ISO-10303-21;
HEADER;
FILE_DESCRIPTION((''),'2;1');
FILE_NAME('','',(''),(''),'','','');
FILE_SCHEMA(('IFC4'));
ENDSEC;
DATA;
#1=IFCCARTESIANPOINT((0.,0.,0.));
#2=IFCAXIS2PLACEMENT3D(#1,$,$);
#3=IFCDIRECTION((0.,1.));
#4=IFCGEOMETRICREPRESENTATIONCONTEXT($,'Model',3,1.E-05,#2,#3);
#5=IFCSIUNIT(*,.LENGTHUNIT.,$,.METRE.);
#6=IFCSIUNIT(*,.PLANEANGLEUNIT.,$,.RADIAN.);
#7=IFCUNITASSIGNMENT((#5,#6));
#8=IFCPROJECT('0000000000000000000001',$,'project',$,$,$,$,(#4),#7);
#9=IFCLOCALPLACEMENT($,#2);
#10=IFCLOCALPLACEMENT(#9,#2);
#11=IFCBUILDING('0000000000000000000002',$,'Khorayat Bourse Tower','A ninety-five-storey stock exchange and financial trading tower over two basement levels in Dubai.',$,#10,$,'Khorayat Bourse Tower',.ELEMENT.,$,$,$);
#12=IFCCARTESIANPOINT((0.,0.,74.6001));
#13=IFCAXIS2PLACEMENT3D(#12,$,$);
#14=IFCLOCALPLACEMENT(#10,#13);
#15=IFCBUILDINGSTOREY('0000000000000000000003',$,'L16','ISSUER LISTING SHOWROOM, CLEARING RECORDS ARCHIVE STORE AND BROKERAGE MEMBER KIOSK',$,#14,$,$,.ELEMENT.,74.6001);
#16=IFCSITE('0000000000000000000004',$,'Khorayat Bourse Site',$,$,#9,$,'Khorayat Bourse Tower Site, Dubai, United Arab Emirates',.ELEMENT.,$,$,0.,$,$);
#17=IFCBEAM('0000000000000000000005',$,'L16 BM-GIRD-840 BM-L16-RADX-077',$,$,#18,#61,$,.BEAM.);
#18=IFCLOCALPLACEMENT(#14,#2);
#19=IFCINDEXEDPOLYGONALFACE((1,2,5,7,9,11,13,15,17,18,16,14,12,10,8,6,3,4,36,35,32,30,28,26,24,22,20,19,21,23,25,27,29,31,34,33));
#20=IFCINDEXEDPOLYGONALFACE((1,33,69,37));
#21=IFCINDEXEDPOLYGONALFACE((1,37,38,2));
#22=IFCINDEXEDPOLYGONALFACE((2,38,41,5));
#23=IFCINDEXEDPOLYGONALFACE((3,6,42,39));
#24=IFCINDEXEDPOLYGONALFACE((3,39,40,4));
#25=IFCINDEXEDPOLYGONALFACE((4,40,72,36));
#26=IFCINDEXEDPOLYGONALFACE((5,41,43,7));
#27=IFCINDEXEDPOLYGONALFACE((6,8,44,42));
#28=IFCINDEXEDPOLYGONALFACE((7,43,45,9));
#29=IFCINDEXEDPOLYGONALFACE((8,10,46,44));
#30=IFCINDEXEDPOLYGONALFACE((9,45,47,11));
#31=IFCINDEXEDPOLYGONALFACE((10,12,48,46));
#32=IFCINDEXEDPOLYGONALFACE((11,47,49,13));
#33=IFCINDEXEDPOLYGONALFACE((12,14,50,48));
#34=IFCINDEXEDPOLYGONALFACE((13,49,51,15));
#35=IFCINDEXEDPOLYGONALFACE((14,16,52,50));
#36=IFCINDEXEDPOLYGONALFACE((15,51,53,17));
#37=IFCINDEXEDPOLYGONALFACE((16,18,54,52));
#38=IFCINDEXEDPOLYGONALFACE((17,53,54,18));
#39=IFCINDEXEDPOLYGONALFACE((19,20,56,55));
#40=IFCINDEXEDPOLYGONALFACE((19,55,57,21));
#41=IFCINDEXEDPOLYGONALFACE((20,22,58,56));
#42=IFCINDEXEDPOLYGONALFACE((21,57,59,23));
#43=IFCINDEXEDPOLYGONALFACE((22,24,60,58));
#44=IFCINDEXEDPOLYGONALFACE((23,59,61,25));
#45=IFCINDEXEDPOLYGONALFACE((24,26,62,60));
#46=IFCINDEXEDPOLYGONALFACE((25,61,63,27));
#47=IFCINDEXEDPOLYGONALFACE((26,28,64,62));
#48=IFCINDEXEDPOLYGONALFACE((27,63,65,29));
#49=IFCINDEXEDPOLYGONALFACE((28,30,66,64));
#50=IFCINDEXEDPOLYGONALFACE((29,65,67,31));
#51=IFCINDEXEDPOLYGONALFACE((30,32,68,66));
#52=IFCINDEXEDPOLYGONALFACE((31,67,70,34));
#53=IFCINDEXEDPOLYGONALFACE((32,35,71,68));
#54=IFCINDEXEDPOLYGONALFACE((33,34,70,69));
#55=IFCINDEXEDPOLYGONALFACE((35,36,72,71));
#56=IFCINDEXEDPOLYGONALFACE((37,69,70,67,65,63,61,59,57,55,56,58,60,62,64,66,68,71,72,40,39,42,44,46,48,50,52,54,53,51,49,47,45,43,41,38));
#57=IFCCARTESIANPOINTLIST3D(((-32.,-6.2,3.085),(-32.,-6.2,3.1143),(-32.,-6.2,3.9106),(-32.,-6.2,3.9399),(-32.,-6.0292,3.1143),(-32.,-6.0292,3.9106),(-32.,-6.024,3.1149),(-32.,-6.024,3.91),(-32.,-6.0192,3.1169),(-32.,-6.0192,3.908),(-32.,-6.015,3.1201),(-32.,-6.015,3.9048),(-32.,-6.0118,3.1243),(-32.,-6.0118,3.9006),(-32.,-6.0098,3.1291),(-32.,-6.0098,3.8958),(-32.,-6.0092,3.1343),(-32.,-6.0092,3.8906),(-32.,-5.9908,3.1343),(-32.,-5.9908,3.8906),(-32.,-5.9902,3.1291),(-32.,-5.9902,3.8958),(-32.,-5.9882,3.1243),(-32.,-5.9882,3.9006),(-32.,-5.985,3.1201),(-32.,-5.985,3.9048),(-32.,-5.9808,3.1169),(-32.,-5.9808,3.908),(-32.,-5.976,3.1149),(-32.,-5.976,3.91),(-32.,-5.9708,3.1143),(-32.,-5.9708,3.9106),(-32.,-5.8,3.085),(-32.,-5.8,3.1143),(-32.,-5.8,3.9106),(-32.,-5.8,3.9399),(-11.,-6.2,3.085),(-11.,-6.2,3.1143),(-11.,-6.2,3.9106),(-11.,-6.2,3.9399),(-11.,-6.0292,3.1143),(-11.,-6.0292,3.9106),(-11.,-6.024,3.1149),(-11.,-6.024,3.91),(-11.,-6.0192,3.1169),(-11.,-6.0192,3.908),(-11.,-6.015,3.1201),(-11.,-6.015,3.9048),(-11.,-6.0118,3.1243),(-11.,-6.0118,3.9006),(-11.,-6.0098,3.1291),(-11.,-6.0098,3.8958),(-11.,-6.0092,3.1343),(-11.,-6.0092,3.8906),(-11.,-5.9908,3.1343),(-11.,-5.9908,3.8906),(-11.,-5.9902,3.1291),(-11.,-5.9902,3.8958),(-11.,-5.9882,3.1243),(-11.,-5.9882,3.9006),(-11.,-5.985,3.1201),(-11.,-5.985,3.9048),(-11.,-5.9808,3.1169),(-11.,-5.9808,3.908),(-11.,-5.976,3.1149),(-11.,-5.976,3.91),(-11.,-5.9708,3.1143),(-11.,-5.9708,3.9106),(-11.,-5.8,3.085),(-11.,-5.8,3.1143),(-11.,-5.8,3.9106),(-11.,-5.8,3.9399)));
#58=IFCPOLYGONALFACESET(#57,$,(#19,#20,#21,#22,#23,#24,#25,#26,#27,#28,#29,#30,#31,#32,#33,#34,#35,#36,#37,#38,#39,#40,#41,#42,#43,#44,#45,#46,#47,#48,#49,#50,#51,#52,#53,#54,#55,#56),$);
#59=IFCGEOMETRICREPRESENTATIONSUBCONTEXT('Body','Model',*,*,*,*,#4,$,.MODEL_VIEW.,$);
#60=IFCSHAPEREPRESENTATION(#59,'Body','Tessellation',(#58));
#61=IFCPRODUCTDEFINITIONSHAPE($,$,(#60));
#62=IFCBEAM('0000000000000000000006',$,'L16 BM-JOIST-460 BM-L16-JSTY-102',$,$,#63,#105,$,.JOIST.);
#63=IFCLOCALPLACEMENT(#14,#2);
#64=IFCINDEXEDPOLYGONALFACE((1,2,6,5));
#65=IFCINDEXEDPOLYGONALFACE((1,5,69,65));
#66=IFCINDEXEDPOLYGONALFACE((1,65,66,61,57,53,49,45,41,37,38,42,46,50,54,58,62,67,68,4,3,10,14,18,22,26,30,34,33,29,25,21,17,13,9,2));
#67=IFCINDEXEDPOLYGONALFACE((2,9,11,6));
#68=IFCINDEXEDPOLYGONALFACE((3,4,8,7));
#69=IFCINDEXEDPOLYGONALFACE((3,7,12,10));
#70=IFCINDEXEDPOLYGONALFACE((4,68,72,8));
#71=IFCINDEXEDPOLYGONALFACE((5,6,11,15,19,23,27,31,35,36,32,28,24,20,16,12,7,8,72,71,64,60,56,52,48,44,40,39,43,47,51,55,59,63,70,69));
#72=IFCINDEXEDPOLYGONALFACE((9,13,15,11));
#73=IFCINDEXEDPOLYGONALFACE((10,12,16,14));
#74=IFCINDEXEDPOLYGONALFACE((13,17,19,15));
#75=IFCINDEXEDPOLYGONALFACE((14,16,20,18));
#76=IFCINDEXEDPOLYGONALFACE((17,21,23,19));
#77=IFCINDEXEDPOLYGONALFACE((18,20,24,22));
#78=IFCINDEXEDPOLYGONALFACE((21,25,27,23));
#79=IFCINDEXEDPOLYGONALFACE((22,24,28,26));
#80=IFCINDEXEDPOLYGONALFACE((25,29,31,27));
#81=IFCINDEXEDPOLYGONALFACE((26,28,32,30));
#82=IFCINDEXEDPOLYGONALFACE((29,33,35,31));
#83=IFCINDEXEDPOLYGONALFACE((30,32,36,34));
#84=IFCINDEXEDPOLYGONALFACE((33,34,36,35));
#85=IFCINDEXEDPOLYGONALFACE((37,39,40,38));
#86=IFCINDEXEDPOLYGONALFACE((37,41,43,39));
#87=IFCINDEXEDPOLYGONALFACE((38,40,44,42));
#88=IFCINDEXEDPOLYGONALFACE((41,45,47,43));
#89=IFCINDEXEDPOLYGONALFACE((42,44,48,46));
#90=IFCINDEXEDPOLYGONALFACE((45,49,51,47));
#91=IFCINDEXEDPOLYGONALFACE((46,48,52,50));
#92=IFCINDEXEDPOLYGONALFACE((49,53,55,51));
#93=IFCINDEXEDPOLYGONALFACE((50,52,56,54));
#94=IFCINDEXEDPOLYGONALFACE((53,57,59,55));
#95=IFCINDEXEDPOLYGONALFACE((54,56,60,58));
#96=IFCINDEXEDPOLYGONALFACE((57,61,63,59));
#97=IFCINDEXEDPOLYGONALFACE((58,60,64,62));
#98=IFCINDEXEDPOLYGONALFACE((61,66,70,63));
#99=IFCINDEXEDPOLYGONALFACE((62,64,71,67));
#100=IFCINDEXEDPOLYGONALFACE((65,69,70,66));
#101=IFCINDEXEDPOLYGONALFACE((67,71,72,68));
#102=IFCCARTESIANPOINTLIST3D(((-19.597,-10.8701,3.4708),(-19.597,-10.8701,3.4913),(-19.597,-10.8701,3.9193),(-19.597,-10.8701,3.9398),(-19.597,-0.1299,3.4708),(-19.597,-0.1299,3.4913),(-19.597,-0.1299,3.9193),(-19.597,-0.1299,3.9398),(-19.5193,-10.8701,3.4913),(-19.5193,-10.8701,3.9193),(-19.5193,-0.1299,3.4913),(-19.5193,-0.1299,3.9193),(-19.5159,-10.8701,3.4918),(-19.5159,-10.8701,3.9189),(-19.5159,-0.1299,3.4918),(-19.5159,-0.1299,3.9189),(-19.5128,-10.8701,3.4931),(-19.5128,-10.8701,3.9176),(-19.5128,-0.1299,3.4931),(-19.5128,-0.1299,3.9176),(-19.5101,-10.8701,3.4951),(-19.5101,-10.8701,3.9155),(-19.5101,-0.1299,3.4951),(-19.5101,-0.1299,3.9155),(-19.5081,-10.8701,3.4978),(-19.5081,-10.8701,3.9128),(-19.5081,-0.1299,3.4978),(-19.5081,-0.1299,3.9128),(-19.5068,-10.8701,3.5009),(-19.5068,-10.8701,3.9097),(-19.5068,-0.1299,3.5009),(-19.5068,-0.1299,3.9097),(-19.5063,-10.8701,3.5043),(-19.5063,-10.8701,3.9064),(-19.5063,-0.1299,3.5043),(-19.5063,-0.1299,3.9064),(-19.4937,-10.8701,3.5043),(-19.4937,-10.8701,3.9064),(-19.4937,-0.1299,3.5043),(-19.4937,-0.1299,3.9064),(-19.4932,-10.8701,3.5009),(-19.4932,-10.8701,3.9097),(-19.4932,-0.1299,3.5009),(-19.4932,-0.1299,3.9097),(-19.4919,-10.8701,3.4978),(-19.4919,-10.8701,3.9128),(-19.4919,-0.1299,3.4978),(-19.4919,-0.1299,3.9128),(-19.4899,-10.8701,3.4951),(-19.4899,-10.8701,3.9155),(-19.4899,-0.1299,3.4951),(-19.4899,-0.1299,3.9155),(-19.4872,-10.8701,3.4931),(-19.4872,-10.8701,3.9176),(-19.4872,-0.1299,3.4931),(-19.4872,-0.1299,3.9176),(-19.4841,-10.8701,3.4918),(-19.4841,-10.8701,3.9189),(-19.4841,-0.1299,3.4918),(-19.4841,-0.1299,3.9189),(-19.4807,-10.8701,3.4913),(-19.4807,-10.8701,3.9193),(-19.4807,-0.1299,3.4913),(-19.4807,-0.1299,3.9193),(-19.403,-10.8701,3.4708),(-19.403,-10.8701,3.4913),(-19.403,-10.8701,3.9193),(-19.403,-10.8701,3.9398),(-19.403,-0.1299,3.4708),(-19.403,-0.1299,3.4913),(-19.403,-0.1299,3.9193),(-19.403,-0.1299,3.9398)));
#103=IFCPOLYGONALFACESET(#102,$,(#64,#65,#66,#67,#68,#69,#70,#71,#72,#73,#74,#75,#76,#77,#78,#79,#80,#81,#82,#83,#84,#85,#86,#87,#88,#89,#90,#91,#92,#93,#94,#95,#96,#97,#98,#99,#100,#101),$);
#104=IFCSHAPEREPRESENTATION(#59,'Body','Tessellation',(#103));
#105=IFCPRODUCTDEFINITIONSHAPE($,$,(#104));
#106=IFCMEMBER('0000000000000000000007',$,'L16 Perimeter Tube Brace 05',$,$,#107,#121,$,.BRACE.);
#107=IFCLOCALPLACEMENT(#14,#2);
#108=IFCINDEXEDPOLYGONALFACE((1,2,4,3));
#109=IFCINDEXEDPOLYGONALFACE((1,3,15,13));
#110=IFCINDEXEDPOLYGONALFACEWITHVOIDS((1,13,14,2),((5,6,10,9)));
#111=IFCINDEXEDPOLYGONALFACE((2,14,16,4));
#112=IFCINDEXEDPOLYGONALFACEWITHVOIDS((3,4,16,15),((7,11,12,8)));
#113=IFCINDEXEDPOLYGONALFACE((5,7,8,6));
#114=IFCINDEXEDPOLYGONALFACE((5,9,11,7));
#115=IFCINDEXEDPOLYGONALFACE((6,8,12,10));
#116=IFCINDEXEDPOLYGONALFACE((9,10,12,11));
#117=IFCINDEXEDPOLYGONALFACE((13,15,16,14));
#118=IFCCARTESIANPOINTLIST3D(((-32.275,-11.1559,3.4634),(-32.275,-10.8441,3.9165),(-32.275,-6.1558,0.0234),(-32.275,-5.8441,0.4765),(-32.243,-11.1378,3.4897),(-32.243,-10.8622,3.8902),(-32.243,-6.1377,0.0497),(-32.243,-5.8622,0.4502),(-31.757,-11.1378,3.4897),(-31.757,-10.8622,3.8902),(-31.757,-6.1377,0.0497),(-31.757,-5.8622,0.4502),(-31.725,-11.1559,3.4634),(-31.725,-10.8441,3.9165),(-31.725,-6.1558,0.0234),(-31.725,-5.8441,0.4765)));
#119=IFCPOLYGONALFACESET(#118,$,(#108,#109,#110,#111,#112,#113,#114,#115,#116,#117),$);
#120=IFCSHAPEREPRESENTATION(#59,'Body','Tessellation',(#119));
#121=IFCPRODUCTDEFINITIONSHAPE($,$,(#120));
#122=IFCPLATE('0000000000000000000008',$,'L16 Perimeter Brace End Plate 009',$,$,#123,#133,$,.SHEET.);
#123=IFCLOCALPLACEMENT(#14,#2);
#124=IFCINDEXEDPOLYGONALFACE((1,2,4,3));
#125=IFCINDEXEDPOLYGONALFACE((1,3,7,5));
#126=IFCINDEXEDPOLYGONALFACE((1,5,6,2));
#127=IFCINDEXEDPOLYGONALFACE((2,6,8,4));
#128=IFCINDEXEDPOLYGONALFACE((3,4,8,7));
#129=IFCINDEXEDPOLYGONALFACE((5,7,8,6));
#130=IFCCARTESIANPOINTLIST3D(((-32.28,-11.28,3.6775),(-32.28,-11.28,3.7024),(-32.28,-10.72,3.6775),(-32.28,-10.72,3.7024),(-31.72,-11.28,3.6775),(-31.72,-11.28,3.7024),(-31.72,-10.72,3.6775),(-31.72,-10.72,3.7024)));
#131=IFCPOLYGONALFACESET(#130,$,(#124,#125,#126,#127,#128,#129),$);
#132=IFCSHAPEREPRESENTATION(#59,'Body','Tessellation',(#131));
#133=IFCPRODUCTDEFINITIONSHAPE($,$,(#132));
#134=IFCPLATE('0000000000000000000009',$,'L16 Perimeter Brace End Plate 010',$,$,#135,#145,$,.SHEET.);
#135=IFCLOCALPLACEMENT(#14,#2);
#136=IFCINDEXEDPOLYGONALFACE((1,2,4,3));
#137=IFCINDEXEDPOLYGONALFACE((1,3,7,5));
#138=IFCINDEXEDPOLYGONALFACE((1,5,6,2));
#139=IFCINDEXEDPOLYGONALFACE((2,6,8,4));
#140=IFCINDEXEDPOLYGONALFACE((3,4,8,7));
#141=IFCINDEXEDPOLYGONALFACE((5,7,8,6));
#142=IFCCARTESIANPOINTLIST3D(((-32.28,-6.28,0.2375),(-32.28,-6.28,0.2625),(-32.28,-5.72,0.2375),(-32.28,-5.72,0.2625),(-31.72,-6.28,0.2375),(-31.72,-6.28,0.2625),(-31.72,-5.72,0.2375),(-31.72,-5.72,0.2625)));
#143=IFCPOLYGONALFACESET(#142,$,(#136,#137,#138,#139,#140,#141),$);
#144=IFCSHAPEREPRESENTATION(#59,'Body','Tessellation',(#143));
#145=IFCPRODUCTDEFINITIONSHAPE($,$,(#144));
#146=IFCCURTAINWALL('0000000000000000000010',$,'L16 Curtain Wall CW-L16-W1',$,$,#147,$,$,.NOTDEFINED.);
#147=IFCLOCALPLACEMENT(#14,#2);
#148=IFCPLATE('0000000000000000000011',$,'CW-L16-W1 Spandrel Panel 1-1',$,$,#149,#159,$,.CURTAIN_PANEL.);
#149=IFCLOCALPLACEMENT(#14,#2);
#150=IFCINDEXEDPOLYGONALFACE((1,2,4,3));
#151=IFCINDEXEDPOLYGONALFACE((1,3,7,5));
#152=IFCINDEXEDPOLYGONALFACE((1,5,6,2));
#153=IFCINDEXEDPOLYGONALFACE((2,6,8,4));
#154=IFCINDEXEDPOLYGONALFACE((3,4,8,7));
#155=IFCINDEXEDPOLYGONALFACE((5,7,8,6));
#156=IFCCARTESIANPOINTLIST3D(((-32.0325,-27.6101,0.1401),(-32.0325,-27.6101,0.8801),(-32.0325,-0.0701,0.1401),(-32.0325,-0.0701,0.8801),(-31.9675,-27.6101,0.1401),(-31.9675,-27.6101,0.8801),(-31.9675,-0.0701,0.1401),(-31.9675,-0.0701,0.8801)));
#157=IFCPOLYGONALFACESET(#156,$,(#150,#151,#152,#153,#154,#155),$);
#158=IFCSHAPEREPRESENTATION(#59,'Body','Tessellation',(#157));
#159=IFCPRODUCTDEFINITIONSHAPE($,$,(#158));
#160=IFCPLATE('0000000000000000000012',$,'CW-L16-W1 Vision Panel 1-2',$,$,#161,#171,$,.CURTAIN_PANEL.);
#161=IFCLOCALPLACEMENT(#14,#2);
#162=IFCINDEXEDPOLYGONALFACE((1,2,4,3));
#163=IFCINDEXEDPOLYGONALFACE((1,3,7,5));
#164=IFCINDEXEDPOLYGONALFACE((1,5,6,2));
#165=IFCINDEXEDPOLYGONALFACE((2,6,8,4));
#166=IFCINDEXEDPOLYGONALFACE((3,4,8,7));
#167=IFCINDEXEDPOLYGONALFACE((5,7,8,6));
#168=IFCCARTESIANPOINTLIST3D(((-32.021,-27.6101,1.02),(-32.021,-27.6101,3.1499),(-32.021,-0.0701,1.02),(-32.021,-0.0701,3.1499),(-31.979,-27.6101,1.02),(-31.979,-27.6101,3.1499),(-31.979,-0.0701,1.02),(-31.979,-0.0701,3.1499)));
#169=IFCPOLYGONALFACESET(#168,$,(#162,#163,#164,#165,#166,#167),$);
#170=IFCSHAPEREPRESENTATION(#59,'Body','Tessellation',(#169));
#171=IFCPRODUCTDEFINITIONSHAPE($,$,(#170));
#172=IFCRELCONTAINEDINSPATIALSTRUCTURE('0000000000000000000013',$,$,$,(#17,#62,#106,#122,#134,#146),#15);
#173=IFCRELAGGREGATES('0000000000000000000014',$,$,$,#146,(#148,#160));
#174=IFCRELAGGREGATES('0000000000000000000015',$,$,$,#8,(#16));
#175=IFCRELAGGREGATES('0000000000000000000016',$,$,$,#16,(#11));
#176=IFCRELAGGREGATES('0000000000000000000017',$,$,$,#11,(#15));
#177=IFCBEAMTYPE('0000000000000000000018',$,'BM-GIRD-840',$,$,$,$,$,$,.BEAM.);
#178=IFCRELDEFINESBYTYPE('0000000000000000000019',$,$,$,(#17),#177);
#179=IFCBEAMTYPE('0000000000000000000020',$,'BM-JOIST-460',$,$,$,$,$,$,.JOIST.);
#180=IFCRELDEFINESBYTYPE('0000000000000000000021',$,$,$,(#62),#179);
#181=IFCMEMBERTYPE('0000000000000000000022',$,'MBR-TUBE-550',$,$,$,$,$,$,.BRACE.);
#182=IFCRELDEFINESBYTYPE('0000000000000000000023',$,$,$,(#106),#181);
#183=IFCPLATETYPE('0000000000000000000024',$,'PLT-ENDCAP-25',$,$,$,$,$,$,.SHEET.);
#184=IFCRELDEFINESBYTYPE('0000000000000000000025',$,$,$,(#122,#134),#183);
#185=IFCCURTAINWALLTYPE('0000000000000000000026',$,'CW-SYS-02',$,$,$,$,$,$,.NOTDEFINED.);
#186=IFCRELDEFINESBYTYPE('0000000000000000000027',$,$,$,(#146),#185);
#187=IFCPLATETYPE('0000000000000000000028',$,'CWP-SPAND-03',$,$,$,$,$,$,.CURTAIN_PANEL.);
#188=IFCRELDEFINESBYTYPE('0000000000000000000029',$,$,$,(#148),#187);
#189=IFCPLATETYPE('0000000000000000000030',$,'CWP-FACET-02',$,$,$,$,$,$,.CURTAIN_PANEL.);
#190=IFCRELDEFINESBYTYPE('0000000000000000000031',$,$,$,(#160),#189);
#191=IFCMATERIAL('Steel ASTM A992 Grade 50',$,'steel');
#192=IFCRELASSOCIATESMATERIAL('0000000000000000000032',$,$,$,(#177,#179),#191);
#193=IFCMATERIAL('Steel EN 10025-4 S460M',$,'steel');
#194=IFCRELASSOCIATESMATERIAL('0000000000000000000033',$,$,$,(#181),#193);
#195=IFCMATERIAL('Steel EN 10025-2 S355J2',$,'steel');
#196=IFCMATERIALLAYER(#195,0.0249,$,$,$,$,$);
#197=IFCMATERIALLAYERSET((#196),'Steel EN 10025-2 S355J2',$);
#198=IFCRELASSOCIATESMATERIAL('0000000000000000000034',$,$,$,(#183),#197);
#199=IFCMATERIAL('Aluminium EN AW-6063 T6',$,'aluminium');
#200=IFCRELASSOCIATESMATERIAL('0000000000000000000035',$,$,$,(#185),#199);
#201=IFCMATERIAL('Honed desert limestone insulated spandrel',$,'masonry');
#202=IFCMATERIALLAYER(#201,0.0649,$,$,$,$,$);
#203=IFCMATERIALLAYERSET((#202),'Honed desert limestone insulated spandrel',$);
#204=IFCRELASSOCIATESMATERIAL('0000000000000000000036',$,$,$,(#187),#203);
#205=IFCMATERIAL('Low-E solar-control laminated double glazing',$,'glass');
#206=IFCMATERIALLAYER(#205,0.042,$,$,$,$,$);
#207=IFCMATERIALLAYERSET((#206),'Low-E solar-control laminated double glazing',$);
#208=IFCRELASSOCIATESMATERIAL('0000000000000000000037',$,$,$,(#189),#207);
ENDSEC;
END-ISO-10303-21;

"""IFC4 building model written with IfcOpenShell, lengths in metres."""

from ifc_helpers import new_model, si_unit, direction, frame, origin, origin_2d, place, context, subcontext, project, spatial, rectangle, hollow_rectangle, i_section, extrude, source, transform, mapped, material, layer, layer_set, material_profile, profile_set, type_object, element, aggregate, save


model = new_model("IFC4")

# Units and contexts
model_context = context("Model", 3, precision=1e-05, world=origin(), true_north=direction((0.0, 1.0)))
body_context = subcontext(model_context, "Body", "Model", "MODEL_VIEW")
ifc_project = project(units=[si_unit("LENGTHUNIT", "METRE"), si_unit("PLANEANGLEUNIT", "RADIAN")], contexts=[model_context])

# Site, building, storey
site_placement = place(None, origin())
site = spatial("IfcSite", under=ifc_project, at=site_placement, Name="Khorayat Bourse Site", LongName="Khorayat Bourse Tower Site, Dubai, United Arab Emirates", CompositionType="ELEMENT", RefElevation=0.0)
building_placement = place(site_placement, origin())
building = spatial("IfcBuilding", under=site, at=building_placement, Name="Khorayat Bourse Tower", Description="A ninety-five-storey stock exchange and financial trading tower over two basement levels in Dubai.", LongName="Khorayat Bourse Tower", CompositionType="ELEMENT")
storey_placement = place(building_placement, frame((0.0, 0.0, 74.6001)))
storey = spatial("IfcBuildingStorey", under=building, at=storey_placement, Name="L16", Description="ISSUER LISTING SHOWROOM, CLEARING RECORDS ARCHIVE STORE AND BROKERAGE MEMBER KIOSK", CompositionType="ELEMENT", Elevation=74.6001)

# Shared definitions
ifc_material_1 = material(Name="Steel EN 10025-4 S460M", Category="steel")

# Beams
ifc_material_2 = material(Name="Steel ASTM A992 Grade 50", Category="steel")
ifc_material_profile_1 = material_profile(ifc_material_2, i_section(OverallWidth=0.3999, OverallDepth=0.855, WebThickness=0.0183, FlangeThickness=0.0293, FilletRadius=0.02, at=origin_2d()), Name="W840X299")
ifc_profile_set_1 = profile_set([ifc_material_profile_1], Name="Steel ASTM A992 Grade 50")
beam_type_1 = type_object("IfcBeamType", Name="BM-GIRD-840", PredefinedType="BEAM", material=ifc_profile_set_1)
shared_shape_1 = source(origin(), body_context, "Body", "SweptSolid", [
    extrude(i_section(OverallWidth=0.3999, OverallDepth=0.855, WebThickness=0.0183, FlangeThickness=0.0293, FilletRadius=0.02, at=origin_2d()), origin(), (0.0, 0.0, 1.0), 21.0),
])
for number, where, z_axis, x_axis, name in (
    (1, (-32.0, -6.0, 3.5125), (1.0, 0.0, 0.0), (0.0, 1.0, 0.0), "L16 BM-GIRD-840 BM-L16-RADX-077"),
):
    element("IfcBeam", number, at=place(storey_placement, frame(where, z_axis=z_axis, x_axis=x_axis)), inside=storey, type_object=beam_type_1, Name=name, PredefinedType="BEAM", context=body_context, shape_type="MappedRepresentation", body=[
        mapped(shared_shape_1, transform((0.0, 0.0, 0.0), scale=1.0)),
    ])
ifc_material_profile_2 = material_profile(ifc_material_2, i_section(OverallWidth=0.1941, OverallDepth=0.469, WebThickness=0.0127, FlangeThickness=0.0205, FilletRadius=0.0129, at=origin_2d()), Name="W460X106")
ifc_profile_set_2 = profile_set([ifc_material_profile_2], Name="Steel ASTM A992 Grade 50")
beam_type_2 = type_object("IfcBeamType", Name="BM-JOIST-460", PredefinedType="JOIST", material=ifc_profile_set_2)
shared_shape_2 = source(origin(), body_context, "Body", "SweptSolid", [
    extrude(i_section(OverallWidth=0.1941, OverallDepth=0.469, WebThickness=0.0127, FlangeThickness=0.0205, FilletRadius=0.0129, at=origin_2d()), origin(), (0.0, 0.0, 1.0), 10.7402),
])
beam_1_placement = place(storey_placement, frame((-19.5, -10.8701, 3.7053), z_axis=(0.0, 1.0, 0.0), x_axis=(-1.0, 0.0, 0.0)))
element("IfcBeam", 2, at=beam_1_placement, inside=storey, type_object=beam_type_2, Name="L16 BM-JOIST-460 BM-L16-JSTY-102", PredefinedType="JOIST", context=body_context, shape_type="MappedRepresentation", body=[
    mapped(shared_shape_2, transform((0.0, 0.0, 0.0), scale=1.0)),
])

# Member
ifc_material_profile_3 = material_profile(ifc_material_1, hollow_rectangle(XDim=0.55, YDim=0.55, WallThickness=0.032, at=origin_2d()), Name="HSS 550x550x32")
ifc_profile_set_3 = profile_set([ifc_material_profile_3], Name="Steel EN 10025-4 S460M")
member_type = type_object("IfcMemberType", Name="MBR-TUBE-550", PredefinedType="BRACE", material=ifc_profile_set_3)
shared_shape_3 = source(origin(), body_context, "Body", "SweptSolid", [
    extrude(hollow_rectangle(XDim=0.55, YDim=0.55, WallThickness=0.032, at=origin_2d()), origin(), (0.0, 0.0, 1.0), 6.0691),
])
member_placement = place(storey_placement, frame((-32.0, -11.0, 3.6899), z_axis=(0.0, 0.823854, -0.566802), x_axis=(-1.0, 0.0, 0.0)))
element("IfcMember", 3, at=member_placement, inside=storey, type_object=member_type, Name="L16 Perimeter Tube Brace 05", PredefinedType="BRACE", context=body_context, shape_type="MappedRepresentation", body=[
    mapped(shared_shape_3, transform((0.0, 0.0, 0.0), scale=1.0)),
])

# Plates
ifc_material_3 = material(Name="Steel EN 10025-2 S355J2", Category="steel")
ifc_layer_1 = layer(ifc_material_3, 0.0249)
ifc_layer_set_1 = layer_set([ifc_layer_1], Name="Steel EN 10025-2 S355J2")
plate_type_1 = type_object("IfcPlateType", Name="PLT-ENDCAP-25", PredefinedType="SHEET", material=ifc_layer_set_1)
shared_shape_4 = source(origin(), body_context, "Body", "SweptSolid", [
    extrude(rectangle(XDim=0.5601, YDim=0.5601, at=origin_2d()), origin(), (0.0, 0.0, 1.0), 0.0249),
])
for number, where, z_axis, x_axis, name in (
    (4, (-32.0, -11.0, 3.6775), (0.0, 0.0, 1.0), (1.0, 0.0, 0.0), "L16 Perimeter Brace End Plate 009"),
    (5, (-32.0, -6.0, 0.2375), (0.0, 0.0, 1.0), (1.0, 0.0, 0.0), "L16 Perimeter Brace End Plate 010"),
):
    element("IfcPlate", number, at=place(storey_placement, frame(where, z_axis=z_axis, x_axis=x_axis)), inside=storey, type_object=plate_type_1, Name=name, PredefinedType="SHEET", context=body_context, shape_type="MappedRepresentation", body=[
        mapped(shared_shape_4, transform((0.0, 0.0, 0.0), scale=1.0)),
    ])

# Curtain wall, plates
ifc_material_4 = material(Name="Aluminium EN AW-6063 T6", Category="aluminium")
curtain_wall_type = type_object("IfcCurtainWallType", Name="CW-SYS-02", PredefinedType="NOTDEFINED", material=ifc_material_4)
curtain_wall_placement = place(storey_placement, origin())
curtain_wall = element("IfcCurtainWall", 6, at=curtain_wall_placement, inside=storey, type_object=curtain_wall_type, Name="L16 Curtain Wall CW-L16-W1", PredefinedType="NOTDEFINED")
ifc_material_5 = material(Name="Honed desert limestone insulated spandrel", Category="masonry")
ifc_layer_2 = layer(ifc_material_5, 0.0649)
ifc_layer_set_2 = layer_set([ifc_layer_2], Name="Honed desert limestone insulated spandrel")
plate_type_2 = type_object("IfcPlateType", Name="CWP-SPAND-03", PredefinedType="CURTAIN_PANEL", material=ifc_layer_set_2)
shared_shape_5 = source(origin(), body_context, "Body", "SweptSolid", [
    extrude(rectangle(XDim=27.54, YDim=0.0649, at=origin_2d()), origin(), (0.0, 0.0, 1.0), 0.74),
])
plate_1_placement = place(storey_placement, frame((-32.0, -13.8401, 0.1401), z_axis=(0.0, 0.0, 1.0), x_axis=(0.0, 1.0, 0.0)))
plate_1 = element("IfcPlate", 7, at=plate_1_placement, type_object=plate_type_2, Name="CW-L16-W1 Spandrel Panel 1-1", PredefinedType="CURTAIN_PANEL", context=body_context, shape_type="MappedRepresentation", body=[
    mapped(shared_shape_5, transform((0.0, 0.0, 0.0), scale=1.0)),
])
ifc_material_6 = material(Name="Low-E solar-control laminated double glazing", Category="glass")
ifc_layer_3 = layer(ifc_material_6, 0.042)
ifc_layer_set_3 = layer_set([ifc_layer_3], Name="Low-E solar-control laminated double glazing")
plate_type_3 = type_object("IfcPlateType", Name="CWP-FACET-02", PredefinedType="CURTAIN_PANEL", material=ifc_layer_set_3)
shared_shape_6 = source(origin(), body_context, "Body", "SweptSolid", [
    extrude(rectangle(XDim=27.54, YDim=0.042, at=origin_2d()), origin(), (0.0, 0.0, 1.0), 2.1299),
])
plate_2_placement = place(storey_placement, frame((-32.0, -13.8401, 1.02), z_axis=(0.0, 0.0, 1.0), x_axis=(0.0, 1.0, 0.0)))
plate_2 = element("IfcPlate", 8, at=plate_2_placement, type_object=plate_type_3, Name="CW-L16-W1 Vision Panel 1-2", PredefinedType="CURTAIN_PANEL", context=body_context, shape_type="MappedRepresentation", body=[
    mapped(shared_shape_6, transform((0.0, 0.0, 0.0), scale=1.0)),
])
aggregate(curtain_wall, [plate_1, plate_2])

save(model, "model.ifc")
